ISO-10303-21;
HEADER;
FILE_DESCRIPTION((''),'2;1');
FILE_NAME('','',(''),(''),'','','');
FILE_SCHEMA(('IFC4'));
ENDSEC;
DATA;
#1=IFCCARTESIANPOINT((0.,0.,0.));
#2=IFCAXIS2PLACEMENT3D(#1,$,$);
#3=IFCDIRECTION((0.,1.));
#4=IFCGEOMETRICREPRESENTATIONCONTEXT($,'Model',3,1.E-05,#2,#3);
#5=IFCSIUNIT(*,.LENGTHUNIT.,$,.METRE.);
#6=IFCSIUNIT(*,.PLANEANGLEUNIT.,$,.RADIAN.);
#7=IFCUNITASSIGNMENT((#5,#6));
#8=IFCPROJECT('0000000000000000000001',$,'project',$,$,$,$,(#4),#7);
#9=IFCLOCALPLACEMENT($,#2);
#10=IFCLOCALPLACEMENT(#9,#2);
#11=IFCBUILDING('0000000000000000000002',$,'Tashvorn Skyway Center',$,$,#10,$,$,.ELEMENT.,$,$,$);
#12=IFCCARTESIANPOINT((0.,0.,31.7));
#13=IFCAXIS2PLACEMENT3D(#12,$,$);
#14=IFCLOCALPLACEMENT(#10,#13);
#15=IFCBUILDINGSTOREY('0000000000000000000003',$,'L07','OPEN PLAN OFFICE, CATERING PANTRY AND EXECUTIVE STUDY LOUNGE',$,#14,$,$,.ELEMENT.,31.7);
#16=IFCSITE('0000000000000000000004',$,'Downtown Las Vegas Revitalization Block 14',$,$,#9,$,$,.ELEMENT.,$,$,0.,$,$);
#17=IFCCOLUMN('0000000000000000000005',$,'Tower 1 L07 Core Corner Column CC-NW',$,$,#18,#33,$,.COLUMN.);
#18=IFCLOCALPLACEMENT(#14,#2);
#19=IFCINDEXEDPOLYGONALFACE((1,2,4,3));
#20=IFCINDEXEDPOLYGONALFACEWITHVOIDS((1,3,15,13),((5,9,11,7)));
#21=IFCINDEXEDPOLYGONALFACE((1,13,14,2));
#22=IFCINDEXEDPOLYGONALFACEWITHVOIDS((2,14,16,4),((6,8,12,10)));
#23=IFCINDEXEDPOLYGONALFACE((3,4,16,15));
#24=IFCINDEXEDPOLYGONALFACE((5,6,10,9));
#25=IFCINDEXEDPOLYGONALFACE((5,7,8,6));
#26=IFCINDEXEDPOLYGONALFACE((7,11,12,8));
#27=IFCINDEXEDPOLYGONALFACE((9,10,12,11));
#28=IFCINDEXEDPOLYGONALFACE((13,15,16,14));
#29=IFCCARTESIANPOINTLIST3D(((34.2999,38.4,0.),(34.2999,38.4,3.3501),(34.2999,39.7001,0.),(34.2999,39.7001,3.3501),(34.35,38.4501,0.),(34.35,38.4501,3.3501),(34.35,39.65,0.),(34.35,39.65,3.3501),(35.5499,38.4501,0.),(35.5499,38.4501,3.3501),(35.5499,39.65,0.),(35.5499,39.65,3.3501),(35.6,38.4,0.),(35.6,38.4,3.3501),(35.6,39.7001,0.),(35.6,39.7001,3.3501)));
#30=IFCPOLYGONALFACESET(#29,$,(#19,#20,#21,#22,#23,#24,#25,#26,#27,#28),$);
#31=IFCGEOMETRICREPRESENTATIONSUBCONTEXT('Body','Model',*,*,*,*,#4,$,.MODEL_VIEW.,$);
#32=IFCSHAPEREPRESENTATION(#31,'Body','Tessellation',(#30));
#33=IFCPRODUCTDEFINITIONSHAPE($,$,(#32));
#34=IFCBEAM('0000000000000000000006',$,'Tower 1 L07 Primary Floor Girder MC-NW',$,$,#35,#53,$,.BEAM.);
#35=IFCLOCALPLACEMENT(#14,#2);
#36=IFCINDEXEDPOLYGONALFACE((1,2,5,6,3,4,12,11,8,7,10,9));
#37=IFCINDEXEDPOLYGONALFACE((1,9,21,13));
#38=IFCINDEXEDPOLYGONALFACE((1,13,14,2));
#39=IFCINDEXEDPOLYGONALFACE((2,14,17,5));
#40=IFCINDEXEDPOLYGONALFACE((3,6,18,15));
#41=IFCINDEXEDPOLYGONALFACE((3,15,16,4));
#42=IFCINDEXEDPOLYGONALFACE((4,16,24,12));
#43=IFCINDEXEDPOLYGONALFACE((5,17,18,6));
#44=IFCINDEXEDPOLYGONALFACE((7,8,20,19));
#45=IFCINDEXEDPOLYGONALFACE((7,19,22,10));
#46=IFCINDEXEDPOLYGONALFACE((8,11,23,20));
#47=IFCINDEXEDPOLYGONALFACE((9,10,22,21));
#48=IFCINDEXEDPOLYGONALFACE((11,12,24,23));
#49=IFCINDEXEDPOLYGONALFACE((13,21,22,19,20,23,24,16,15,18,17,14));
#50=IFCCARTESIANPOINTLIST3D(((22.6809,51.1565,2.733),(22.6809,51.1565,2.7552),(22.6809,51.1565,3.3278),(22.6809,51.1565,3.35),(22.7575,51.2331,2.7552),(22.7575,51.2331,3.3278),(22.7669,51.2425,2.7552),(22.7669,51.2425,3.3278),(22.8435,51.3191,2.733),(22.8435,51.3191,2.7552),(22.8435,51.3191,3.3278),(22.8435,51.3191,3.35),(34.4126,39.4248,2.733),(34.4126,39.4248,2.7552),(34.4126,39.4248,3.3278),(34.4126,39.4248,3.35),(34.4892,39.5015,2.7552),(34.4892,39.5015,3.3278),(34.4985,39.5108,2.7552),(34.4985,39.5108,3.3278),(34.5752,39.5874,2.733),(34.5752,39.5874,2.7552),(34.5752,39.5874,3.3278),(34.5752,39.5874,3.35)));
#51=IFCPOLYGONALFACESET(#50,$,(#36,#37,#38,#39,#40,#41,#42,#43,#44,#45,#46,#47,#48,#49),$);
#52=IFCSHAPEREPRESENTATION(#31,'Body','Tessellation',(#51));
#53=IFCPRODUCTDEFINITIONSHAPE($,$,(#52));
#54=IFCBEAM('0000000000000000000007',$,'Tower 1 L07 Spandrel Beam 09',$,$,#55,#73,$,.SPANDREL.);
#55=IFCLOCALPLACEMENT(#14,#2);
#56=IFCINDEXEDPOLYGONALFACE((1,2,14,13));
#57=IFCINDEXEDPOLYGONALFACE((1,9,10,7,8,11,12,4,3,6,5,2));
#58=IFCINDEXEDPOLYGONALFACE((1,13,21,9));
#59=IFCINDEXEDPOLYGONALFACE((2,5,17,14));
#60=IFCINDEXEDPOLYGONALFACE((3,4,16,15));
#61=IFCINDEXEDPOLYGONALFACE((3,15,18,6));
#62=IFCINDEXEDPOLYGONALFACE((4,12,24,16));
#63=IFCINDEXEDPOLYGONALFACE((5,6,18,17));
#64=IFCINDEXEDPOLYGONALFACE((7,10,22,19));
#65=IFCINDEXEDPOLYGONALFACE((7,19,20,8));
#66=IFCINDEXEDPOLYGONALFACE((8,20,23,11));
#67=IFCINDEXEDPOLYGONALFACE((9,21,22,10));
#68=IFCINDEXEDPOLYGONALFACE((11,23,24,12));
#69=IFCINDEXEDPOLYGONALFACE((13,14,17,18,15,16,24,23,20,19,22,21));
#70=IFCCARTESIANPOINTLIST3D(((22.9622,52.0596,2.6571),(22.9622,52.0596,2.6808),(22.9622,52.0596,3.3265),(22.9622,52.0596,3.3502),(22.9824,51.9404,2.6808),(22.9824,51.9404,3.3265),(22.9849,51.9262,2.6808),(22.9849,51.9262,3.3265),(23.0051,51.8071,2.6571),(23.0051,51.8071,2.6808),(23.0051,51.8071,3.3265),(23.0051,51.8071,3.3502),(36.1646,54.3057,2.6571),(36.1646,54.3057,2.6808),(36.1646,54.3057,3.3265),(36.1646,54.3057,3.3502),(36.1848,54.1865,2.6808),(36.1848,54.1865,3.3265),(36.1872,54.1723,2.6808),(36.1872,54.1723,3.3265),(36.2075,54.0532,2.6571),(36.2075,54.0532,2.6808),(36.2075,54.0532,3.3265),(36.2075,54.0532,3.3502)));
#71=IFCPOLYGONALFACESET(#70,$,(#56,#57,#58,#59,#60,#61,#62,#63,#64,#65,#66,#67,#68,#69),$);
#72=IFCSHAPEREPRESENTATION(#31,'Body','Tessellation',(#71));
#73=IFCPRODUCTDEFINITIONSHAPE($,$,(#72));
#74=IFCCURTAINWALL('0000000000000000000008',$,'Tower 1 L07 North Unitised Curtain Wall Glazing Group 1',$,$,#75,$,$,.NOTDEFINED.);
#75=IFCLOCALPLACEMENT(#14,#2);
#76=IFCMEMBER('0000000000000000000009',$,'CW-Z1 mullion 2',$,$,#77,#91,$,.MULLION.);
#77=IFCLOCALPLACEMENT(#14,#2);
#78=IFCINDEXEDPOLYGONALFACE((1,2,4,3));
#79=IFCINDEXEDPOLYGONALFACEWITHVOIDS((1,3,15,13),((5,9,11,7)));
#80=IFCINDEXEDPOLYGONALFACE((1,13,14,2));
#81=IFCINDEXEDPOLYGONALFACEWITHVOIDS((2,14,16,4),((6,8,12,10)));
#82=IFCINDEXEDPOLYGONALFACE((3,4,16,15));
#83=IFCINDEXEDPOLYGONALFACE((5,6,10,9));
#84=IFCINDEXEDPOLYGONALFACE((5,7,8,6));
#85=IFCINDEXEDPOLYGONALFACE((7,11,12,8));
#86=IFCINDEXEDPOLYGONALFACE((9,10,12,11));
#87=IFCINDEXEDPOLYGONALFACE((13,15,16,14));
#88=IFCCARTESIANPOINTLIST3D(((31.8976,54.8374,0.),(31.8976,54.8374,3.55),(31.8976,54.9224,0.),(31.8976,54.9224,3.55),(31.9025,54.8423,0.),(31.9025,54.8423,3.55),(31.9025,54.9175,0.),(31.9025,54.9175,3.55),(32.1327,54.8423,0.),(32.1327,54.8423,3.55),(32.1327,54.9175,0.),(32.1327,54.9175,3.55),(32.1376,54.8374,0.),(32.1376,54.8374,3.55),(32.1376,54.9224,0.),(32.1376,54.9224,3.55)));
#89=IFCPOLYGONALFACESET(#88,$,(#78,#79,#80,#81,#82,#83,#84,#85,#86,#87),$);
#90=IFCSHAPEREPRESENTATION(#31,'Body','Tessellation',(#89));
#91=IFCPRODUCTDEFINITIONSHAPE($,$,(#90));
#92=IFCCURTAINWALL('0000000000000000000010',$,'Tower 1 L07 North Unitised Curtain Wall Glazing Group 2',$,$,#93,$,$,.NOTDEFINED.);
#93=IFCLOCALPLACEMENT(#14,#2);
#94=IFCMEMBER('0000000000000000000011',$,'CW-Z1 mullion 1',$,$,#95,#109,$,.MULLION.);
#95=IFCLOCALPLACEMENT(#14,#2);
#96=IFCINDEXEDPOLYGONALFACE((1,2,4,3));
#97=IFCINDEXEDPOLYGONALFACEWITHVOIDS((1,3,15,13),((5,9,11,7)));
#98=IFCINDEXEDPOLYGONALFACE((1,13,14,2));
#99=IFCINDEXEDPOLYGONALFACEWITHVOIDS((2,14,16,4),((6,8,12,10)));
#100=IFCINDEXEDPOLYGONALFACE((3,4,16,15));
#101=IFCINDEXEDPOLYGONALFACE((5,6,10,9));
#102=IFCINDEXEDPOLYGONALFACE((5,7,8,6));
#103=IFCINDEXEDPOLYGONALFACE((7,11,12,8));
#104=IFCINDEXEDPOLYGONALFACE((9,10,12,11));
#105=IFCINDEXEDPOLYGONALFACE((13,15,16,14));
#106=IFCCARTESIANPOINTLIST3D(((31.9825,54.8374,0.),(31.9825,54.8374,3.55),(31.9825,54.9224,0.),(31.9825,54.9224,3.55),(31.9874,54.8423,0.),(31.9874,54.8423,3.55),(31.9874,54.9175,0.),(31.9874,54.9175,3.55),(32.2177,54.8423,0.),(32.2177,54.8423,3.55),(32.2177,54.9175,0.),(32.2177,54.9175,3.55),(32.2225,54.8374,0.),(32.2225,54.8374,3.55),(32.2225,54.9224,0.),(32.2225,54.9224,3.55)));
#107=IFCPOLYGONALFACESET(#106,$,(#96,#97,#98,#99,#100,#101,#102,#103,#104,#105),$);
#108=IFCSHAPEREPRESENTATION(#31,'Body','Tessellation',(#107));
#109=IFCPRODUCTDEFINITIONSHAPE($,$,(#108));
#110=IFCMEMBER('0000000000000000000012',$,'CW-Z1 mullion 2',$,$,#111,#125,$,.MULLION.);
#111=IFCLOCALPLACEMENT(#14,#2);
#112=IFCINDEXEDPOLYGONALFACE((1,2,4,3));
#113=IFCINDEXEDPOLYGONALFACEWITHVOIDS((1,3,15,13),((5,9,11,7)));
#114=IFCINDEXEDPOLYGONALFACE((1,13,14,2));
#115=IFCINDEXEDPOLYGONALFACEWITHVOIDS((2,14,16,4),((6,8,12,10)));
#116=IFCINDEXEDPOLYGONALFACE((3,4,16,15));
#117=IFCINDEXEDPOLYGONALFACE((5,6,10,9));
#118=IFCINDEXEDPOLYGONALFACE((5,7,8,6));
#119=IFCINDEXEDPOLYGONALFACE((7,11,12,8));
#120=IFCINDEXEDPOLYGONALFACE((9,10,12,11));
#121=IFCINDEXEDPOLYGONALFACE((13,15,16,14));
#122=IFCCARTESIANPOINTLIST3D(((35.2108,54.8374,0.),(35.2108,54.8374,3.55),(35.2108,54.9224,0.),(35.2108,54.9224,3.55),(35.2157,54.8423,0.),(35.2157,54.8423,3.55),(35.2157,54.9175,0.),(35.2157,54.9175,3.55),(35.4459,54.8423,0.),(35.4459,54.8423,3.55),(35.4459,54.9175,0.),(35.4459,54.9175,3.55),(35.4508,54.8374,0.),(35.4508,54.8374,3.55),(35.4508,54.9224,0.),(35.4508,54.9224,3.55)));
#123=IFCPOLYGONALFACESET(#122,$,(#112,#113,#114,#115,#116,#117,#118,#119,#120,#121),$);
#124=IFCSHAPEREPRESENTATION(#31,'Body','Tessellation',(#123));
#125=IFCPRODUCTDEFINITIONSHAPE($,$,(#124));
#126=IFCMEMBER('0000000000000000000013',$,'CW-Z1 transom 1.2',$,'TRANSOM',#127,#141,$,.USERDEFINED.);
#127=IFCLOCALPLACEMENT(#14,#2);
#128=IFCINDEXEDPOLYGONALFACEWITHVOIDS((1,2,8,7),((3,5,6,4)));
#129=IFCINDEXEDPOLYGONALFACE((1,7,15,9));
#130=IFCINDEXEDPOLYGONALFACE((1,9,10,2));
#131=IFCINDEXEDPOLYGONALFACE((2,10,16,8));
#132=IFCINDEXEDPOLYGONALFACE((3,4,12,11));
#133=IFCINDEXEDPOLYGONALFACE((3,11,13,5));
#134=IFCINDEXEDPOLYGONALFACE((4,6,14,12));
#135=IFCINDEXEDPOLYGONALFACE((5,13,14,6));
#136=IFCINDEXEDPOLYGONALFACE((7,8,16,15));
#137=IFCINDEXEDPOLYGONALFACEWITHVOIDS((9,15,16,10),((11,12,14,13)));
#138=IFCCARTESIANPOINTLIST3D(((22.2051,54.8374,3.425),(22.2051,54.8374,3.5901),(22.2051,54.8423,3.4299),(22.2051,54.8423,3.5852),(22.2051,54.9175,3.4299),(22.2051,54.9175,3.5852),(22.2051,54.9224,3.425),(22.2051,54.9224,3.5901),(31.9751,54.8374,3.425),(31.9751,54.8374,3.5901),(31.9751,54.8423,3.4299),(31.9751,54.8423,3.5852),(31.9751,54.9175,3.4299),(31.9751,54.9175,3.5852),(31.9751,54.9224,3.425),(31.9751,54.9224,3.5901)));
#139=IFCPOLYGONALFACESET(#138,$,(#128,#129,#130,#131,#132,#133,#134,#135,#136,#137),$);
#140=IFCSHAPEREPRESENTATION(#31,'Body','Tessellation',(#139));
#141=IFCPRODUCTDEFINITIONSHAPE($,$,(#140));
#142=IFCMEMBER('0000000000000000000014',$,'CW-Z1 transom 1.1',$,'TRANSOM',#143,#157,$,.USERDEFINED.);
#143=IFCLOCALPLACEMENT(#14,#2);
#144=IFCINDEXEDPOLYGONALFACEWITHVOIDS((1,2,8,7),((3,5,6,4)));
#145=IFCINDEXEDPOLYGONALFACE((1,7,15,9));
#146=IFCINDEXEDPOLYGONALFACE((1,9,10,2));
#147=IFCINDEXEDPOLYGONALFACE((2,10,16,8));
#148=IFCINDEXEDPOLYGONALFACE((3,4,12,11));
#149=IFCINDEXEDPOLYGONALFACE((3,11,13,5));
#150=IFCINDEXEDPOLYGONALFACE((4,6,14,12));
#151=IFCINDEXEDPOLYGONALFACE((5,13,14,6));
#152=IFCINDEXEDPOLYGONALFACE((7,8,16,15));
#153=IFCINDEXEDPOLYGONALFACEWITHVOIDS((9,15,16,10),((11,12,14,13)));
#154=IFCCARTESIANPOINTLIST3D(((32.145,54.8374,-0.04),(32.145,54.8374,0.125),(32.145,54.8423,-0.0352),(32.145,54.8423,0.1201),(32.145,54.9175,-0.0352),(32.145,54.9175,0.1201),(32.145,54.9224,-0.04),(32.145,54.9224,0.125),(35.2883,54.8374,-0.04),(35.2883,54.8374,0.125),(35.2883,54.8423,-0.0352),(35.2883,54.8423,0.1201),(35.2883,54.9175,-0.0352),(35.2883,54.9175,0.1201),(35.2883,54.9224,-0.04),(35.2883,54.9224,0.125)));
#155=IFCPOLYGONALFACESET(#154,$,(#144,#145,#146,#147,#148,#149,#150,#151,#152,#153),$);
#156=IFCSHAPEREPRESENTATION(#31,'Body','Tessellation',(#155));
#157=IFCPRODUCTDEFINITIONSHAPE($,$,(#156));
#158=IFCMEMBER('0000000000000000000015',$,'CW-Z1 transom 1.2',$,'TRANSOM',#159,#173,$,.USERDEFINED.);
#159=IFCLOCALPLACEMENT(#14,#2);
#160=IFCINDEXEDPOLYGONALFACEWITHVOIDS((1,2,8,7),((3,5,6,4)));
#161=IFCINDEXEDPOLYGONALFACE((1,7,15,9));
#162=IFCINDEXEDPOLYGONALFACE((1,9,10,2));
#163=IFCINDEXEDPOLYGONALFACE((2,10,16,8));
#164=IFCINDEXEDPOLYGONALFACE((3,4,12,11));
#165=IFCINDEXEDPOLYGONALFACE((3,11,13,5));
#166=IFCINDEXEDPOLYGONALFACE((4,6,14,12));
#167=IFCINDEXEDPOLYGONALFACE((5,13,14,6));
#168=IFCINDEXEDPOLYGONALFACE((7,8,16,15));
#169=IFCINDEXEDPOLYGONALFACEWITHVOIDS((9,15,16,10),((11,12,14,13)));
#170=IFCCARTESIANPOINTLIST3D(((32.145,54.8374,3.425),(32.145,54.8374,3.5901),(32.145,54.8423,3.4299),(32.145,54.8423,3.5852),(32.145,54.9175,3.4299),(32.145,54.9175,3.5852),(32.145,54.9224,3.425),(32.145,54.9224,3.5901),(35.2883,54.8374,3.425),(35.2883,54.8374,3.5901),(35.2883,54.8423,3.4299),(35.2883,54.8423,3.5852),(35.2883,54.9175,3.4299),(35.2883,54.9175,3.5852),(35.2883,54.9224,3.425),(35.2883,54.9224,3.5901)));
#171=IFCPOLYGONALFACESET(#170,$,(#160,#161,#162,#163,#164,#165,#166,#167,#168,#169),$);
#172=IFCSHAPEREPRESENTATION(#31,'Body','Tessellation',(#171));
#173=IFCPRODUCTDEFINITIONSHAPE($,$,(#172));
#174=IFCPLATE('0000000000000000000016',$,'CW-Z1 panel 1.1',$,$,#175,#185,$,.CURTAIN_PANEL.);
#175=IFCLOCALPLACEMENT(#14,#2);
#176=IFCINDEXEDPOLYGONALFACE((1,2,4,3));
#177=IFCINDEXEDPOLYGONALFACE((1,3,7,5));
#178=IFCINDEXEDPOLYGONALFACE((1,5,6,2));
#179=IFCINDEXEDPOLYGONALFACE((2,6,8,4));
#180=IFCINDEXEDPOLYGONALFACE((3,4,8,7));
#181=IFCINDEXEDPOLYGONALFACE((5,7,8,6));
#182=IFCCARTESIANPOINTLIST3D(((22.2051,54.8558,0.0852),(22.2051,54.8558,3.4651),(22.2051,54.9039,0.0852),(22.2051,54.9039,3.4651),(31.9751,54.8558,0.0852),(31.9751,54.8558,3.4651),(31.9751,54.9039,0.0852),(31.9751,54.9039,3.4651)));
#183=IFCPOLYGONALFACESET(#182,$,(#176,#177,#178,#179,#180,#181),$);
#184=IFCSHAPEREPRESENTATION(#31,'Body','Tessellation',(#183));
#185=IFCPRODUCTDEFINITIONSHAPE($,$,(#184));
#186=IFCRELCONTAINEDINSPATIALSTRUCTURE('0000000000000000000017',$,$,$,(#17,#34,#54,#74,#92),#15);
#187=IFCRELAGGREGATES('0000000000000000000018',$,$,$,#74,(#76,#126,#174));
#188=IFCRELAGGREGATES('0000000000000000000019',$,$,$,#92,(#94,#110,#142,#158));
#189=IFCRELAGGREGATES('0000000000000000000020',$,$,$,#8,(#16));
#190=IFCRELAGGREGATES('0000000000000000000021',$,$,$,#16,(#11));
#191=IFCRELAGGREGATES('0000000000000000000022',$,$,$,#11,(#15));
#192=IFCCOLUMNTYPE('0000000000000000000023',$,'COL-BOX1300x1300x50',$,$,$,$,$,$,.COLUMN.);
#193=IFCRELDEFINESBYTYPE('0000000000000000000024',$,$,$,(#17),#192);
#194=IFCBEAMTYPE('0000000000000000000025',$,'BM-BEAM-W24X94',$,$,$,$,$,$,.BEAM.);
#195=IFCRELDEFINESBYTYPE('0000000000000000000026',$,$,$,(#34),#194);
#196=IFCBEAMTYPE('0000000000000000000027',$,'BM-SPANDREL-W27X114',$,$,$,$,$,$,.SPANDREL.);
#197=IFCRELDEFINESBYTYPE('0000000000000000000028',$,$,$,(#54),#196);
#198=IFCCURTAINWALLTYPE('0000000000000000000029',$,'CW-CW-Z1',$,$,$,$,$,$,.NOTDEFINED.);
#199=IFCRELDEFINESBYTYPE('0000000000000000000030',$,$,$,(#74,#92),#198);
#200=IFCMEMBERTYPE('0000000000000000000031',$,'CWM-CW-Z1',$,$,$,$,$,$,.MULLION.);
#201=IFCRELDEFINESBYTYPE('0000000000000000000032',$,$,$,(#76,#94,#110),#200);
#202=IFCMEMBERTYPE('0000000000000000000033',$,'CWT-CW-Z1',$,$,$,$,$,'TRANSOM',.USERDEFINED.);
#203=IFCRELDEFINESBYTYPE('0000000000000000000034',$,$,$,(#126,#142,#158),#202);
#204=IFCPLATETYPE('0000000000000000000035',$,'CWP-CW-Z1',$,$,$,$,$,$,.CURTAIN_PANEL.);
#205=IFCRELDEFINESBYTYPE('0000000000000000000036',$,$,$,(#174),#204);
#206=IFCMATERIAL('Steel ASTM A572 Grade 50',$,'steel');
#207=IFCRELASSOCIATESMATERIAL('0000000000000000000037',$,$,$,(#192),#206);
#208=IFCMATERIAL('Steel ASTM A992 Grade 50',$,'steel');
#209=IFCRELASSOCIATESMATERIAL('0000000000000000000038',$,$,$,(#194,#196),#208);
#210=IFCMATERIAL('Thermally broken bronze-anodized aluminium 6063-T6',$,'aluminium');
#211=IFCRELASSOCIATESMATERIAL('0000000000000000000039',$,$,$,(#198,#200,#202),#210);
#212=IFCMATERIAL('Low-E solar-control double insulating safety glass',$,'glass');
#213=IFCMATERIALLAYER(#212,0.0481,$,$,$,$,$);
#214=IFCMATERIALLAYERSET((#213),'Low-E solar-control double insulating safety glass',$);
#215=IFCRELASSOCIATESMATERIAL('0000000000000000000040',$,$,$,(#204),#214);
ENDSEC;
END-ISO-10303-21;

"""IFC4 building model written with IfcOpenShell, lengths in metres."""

from ifc_helpers import new_model, si_unit, direction, frame, origin, origin_2d, place, context, subcontext, project, spatial, rectangle, hollow_rectangle, i_section, extrude, material, layer, layer_set, material_profile, profile_set, type_object, element, aggregate, save


model = new_model("IFC4")

# Units and contexts
model_context = context("Model", 3, precision=1e-05, world=origin(), true_north=direction((0.0, 1.0)))
body_context = subcontext(model_context, "Body", "Model", "MODEL_VIEW")
ifc_project = project(units=[si_unit("LENGTHUNIT", "METRE"), si_unit("PLANEANGLEUNIT", "RADIAN")], contexts=[model_context])

# Site, building, storey
site_placement = place(None, origin())
site = spatial("IfcSite", under=ifc_project, at=site_placement, Name="Downtown Las Vegas Revitalization Block 14", CompositionType="ELEMENT", RefElevation=0.0)
building_placement = place(site_placement, origin())
building = spatial("IfcBuilding", under=site, at=building_placement, Name="Tashvorn Skyway Center", CompositionType="ELEMENT")
storey_placement = place(building_placement, frame((0.0, 0.0, 31.7)))
storey = spatial("IfcBuildingStorey", under=building, at=storey_placement, Name="L07", Description="OPEN PLAN OFFICE, CATERING PANTRY AND EXECUTIVE STUDY LOUNGE", CompositionType="ELEMENT", Elevation=31.7)

# Column
ifc_material_1 = material(Name="Steel ASTM A572 Grade 50", Category="steel")
ifc_material_profile_1 = material_profile(ifc_material_1, hollow_rectangle(XDim=1.3, YDim=1.3, WallThickness=0.05, at=origin_2d()), Name="BOX1300x1300x50")
ifc_profile_set_1 = profile_set([ifc_material_profile_1], Name="Steel ASTM A572 Grade 50")
column_type = type_object("IfcColumnType", Name="COL-BOX1300x1300x50", PredefinedType="COLUMN", material=ifc_profile_set_1)
column_placement = place(storey_placement, frame((34.95, 39.05, 0.0), z_axis=(0.0, 0.0, 1.0), x_axis=(1.0, 0.0, 0.0)))
element("IfcColumn", 1, at=column_placement, inside=storey, type_object=column_type, Name="Tower 1 L07 Core Corner Column CC-NW", PredefinedType="COLUMN", context=body_context, shape_type="SweptSolid", body=[
    extrude(hollow_rectangle(XDim=1.3, YDim=1.3, WallThickness=0.05, at=origin_2d()), origin(), (0.0, 0.0, 1.0), 3.3501),
])

# Beams
ifc_material_2 = material(Name="Steel ASTM A992 Grade 50", Category="steel")
ifc_material_profile_2 = material_profile(ifc_material_2, i_section(OverallWidth=0.23, OverallDepth=0.6169, WebThickness=0.0132, FlangeThickness=0.0222, at=origin_2d()), Name="W24X94")
ifc_profile_set_2 = profile_set([ifc_material_profile_2], Name="Steel ASTM A992 Grade 50")
beam_type_1 = type_object("IfcBeamType", Name="BM-BEAM-W24X94", PredefinedType="BEAM", material=ifc_profile_set_2)
beam_1_placement = place(storey_placement, frame((22.7622, 51.2378, 3.0415), z_axis=(0.707107, -0.707107, 0.0), x_axis=(0.707107, 0.707107, 0.0)))
element("IfcBeam", 2, at=beam_1_placement, inside=storey, type_object=beam_type_1, Name="Tower 1 L07 Primary Floor Girder MC-NW", PredefinedType="BEAM", context=body_context, shape_type="SweptSolid", body=[
    extrude(i_section(OverallWidth=0.23, OverallDepth=0.6169, WebThickness=0.0132, FlangeThickness=0.0222, at=origin_2d()), origin(), (0.0, 0.0, 1.0), 16.5911),
])
ifc_material_profile_3 = material_profile(ifc_material_2, i_section(OverallWidth=0.2561, OverallDepth=0.6931, WebThickness=0.0144, FlangeThickness=0.0237, at=origin_2d()), Name="W27X114")
ifc_profile_set_3 = profile_set([ifc_material_profile_3], Name="Steel ASTM A992 Grade 50")
beam_type_2 = type_object("IfcBeamType", Name="BM-SPANDREL-W27X114", PredefinedType="SPANDREL", material=ifc_profile_set_3)
beam_2_placement = place(storey_placement, frame((36.186, 54.1794, 3.0037), z_axis=(-0.985835, -0.167718, 0.0), x_axis=(0.167718, -0.985835, 0.0)))
element("IfcBeam", 3, at=beam_2_placement, inside=storey, type_object=beam_type_2, Name="Tower 1 L07 Spandrel Beam 09", PredefinedType="SPANDREL", context=body_context, shape_type="SweptSolid", body=[
    extrude(i_section(OverallWidth=0.2561, OverallDepth=0.6931, WebThickness=0.0144, FlangeThickness=0.0237, at=origin_2d()), origin(), (0.0, 0.0, 1.0), 13.3921),
])

# Curtain wall, member
ifc_material_3 = material(Name="Thermally broken bronze-anodized aluminium 6063-T6", Category="aluminium")
curtain_wall_type = type_object("IfcCurtainWallType", Name="CW-CW-Z1", PredefinedType="NOTDEFINED", material=ifc_material_3)
curtain_wall_1_placement = place(storey_placement, origin())
curtain_wall_1 = element("IfcCurtainWall", 4, at=curtain_wall_1_placement, inside=storey, type_object=curtain_wall_type, Name="Tower 1 L07 North Unitised Curtain Wall Glazing Group 1", PredefinedType="NOTDEFINED")
ifc_material_profile_4 = material_profile(ifc_material_3, hollow_rectangle(XDim=0.085, YDim=0.24, WallThickness=0.0049, at=origin_2d()), Name="ALU-MULL-85x240")
ifc_profile_set_4 = profile_set([ifc_material_profile_4], Name="Thermally broken bronze-anodized aluminium 6063-T6")
member_type_1 = type_object("IfcMemberType", Name="CWM-CW-Z1", PredefinedType="MULLION", material=ifc_profile_set_4)
member_1_placement = place(storey_placement, frame((32.0176, 54.8799, 0.0), z_axis=(0.0, 0.0, 1.0), x_axis=(0.0, 1.0, 0.0)))
member_1 = element("IfcMember", 5, at=member_1_placement, type_object=member_type_1, Name="CW-Z1 mullion 2", PredefinedType="MULLION", context=body_context, shape_type="SweptSolid", body=[
    extrude(hollow_rectangle(XDim=0.085, YDim=0.24, WallThickness=0.0049, at=origin_2d()), origin(), (0.0, 0.0, 1.0), 3.55),
])

# Curtain wall, members
curtain_wall_2_placement = place(storey_placement, origin())
curtain_wall_2 = element("IfcCurtainWall", 6, at=curtain_wall_2_placement, inside=storey, type_object=curtain_wall_type, Name="Tower 1 L07 North Unitised Curtain Wall Glazing Group 2", PredefinedType="NOTDEFINED")
member_2_placement = place(storey_placement, frame((32.1025, 54.8799, 0.0), z_axis=(0.0, 0.0, 1.0), x_axis=(0.0, 1.0, 0.0)))
member_2 = element("IfcMember", 7, at=member_2_placement, type_object=member_type_1, Name="CW-Z1 mullion 1", PredefinedType="MULLION", context=body_context, shape_type="SweptSolid", body=[
    extrude(hollow_rectangle(XDim=0.085, YDim=0.24, WallThickness=0.0049, at=origin_2d()), origin(), (0.0, 0.0, 1.0), 3.55),
])
member_3_placement = place(storey_placement, frame((35.3308, 54.8799, 0.0), z_axis=(0.0, 0.0, 1.0), x_axis=(0.0, 1.0, 0.0)))
member_3 = element("IfcMember", 8, at=member_3_placement, type_object=member_type_1, Name="CW-Z1 mullion 2", PredefinedType="MULLION", context=body_context, shape_type="SweptSolid", body=[
    extrude(hollow_rectangle(XDim=0.085, YDim=0.24, WallThickness=0.0049, at=origin_2d()), origin(), (0.0, 0.0, 1.0), 3.55),
])

# Members
ifc_material_profile_5 = material_profile(ifc_material_3, hollow_rectangle(XDim=0.085, YDim=0.165, WallThickness=0.0049, at=origin_2d()), Name="ALU-TRAN-85x165")
ifc_profile_set_5 = profile_set([ifc_material_profile_5], Name="Thermally broken bronze-anodized aluminium 6063-T6")
member_type_2 = type_object("IfcMemberType", Name="CWT-CW-Z1", ElementType="TRANSOM", PredefinedType="USERDEFINED", material=ifc_profile_set_5)
member_4_placement = place(storey_placement, frame((22.2051, 54.8799, 3.5076), z_axis=(1.0, 0.0, 0.0), x_axis=(0.0, 1.0, 0.0)))
member_4 = element("IfcMember", 9, at=member_4_placement, type_object=member_type_2, Name="CW-Z1 transom 1.2", ObjectType="TRANSOM", PredefinedType="USERDEFINED", context=body_context, shape_type="SweptSolid", body=[
    extrude(hollow_rectangle(XDim=0.085, YDim=0.165, WallThickness=0.0049, at=origin_2d()), origin(), (0.0, 0.0, 1.0), 9.77),
])
member_5_placement = place(storey_placement, frame((32.145, 54.8799, 0.0425), z_axis=(1.0, 0.0, 0.0), x_axis=(0.0, 1.0, 0.0)))
member_5 = element("IfcMember", 10, at=member_5_placement, type_object=member_type_2, Name="CW-Z1 transom 1.1", ObjectType="TRANSOM", PredefinedType="USERDEFINED", context=body_context, shape_type="SweptSolid", body=[
    extrude(hollow_rectangle(XDim=0.085, YDim=0.165, WallThickness=0.0049, at=origin_2d()), origin(), (0.0, 0.0, 1.0), 3.1433),
])
member_6_placement = place(storey_placement, frame((32.145, 54.8799, 3.5076), z_axis=(1.0, 0.0, 0.0), x_axis=(0.0, 1.0, 0.0)))
member_6 = element("IfcMember", 11, at=member_6_placement, type_object=member_type_2, Name="CW-Z1 transom 1.2", ObjectType="TRANSOM", PredefinedType="USERDEFINED", context=body_context, shape_type="SweptSolid", body=[
    extrude(hollow_rectangle(XDim=0.085, YDim=0.165, WallThickness=0.0049, at=origin_2d()), origin(), (0.0, 0.0, 1.0), 3.1433),
])

# Plate
ifc_material_4 = material(Name="Low-E solar-control double insulating safety glass", Category="glass")
ifc_layer_1 = layer(ifc_material_4, 0.0481)
ifc_layer_set_1 = layer_set([ifc_layer_1], Name="Low-E solar-control double insulating safety glass")
plate_type = type_object("IfcPlateType", Name="CWP-CW-Z1", PredefinedType="CURTAIN_PANEL", material=ifc_layer_set_1)
plate_1_placement = place(storey_placement, frame((27.0901, 54.8799, 0.0852), z_axis=(0.0, 0.0, 1.0), x_axis=(1.0, 0.0, 0.0)))
plate_1 = element("IfcPlate", 12, at=plate_1_placement, type_object=plate_type, Name="CW-Z1 panel 1.1", PredefinedType="CURTAIN_PANEL", context=body_context, shape_type="SweptSolid", body=[
    extrude(rectangle(XDim=9.77, YDim=0.0481, at=origin_2d()), origin(), (0.0, 0.0, 1.0), 3.3799),
])
aggregate(curtain_wall_1, [member_1, member_4, plate_1])
aggregate(curtain_wall_2, [member_2, member_3, member_5, member_6])

save(model, "model.ifc")
